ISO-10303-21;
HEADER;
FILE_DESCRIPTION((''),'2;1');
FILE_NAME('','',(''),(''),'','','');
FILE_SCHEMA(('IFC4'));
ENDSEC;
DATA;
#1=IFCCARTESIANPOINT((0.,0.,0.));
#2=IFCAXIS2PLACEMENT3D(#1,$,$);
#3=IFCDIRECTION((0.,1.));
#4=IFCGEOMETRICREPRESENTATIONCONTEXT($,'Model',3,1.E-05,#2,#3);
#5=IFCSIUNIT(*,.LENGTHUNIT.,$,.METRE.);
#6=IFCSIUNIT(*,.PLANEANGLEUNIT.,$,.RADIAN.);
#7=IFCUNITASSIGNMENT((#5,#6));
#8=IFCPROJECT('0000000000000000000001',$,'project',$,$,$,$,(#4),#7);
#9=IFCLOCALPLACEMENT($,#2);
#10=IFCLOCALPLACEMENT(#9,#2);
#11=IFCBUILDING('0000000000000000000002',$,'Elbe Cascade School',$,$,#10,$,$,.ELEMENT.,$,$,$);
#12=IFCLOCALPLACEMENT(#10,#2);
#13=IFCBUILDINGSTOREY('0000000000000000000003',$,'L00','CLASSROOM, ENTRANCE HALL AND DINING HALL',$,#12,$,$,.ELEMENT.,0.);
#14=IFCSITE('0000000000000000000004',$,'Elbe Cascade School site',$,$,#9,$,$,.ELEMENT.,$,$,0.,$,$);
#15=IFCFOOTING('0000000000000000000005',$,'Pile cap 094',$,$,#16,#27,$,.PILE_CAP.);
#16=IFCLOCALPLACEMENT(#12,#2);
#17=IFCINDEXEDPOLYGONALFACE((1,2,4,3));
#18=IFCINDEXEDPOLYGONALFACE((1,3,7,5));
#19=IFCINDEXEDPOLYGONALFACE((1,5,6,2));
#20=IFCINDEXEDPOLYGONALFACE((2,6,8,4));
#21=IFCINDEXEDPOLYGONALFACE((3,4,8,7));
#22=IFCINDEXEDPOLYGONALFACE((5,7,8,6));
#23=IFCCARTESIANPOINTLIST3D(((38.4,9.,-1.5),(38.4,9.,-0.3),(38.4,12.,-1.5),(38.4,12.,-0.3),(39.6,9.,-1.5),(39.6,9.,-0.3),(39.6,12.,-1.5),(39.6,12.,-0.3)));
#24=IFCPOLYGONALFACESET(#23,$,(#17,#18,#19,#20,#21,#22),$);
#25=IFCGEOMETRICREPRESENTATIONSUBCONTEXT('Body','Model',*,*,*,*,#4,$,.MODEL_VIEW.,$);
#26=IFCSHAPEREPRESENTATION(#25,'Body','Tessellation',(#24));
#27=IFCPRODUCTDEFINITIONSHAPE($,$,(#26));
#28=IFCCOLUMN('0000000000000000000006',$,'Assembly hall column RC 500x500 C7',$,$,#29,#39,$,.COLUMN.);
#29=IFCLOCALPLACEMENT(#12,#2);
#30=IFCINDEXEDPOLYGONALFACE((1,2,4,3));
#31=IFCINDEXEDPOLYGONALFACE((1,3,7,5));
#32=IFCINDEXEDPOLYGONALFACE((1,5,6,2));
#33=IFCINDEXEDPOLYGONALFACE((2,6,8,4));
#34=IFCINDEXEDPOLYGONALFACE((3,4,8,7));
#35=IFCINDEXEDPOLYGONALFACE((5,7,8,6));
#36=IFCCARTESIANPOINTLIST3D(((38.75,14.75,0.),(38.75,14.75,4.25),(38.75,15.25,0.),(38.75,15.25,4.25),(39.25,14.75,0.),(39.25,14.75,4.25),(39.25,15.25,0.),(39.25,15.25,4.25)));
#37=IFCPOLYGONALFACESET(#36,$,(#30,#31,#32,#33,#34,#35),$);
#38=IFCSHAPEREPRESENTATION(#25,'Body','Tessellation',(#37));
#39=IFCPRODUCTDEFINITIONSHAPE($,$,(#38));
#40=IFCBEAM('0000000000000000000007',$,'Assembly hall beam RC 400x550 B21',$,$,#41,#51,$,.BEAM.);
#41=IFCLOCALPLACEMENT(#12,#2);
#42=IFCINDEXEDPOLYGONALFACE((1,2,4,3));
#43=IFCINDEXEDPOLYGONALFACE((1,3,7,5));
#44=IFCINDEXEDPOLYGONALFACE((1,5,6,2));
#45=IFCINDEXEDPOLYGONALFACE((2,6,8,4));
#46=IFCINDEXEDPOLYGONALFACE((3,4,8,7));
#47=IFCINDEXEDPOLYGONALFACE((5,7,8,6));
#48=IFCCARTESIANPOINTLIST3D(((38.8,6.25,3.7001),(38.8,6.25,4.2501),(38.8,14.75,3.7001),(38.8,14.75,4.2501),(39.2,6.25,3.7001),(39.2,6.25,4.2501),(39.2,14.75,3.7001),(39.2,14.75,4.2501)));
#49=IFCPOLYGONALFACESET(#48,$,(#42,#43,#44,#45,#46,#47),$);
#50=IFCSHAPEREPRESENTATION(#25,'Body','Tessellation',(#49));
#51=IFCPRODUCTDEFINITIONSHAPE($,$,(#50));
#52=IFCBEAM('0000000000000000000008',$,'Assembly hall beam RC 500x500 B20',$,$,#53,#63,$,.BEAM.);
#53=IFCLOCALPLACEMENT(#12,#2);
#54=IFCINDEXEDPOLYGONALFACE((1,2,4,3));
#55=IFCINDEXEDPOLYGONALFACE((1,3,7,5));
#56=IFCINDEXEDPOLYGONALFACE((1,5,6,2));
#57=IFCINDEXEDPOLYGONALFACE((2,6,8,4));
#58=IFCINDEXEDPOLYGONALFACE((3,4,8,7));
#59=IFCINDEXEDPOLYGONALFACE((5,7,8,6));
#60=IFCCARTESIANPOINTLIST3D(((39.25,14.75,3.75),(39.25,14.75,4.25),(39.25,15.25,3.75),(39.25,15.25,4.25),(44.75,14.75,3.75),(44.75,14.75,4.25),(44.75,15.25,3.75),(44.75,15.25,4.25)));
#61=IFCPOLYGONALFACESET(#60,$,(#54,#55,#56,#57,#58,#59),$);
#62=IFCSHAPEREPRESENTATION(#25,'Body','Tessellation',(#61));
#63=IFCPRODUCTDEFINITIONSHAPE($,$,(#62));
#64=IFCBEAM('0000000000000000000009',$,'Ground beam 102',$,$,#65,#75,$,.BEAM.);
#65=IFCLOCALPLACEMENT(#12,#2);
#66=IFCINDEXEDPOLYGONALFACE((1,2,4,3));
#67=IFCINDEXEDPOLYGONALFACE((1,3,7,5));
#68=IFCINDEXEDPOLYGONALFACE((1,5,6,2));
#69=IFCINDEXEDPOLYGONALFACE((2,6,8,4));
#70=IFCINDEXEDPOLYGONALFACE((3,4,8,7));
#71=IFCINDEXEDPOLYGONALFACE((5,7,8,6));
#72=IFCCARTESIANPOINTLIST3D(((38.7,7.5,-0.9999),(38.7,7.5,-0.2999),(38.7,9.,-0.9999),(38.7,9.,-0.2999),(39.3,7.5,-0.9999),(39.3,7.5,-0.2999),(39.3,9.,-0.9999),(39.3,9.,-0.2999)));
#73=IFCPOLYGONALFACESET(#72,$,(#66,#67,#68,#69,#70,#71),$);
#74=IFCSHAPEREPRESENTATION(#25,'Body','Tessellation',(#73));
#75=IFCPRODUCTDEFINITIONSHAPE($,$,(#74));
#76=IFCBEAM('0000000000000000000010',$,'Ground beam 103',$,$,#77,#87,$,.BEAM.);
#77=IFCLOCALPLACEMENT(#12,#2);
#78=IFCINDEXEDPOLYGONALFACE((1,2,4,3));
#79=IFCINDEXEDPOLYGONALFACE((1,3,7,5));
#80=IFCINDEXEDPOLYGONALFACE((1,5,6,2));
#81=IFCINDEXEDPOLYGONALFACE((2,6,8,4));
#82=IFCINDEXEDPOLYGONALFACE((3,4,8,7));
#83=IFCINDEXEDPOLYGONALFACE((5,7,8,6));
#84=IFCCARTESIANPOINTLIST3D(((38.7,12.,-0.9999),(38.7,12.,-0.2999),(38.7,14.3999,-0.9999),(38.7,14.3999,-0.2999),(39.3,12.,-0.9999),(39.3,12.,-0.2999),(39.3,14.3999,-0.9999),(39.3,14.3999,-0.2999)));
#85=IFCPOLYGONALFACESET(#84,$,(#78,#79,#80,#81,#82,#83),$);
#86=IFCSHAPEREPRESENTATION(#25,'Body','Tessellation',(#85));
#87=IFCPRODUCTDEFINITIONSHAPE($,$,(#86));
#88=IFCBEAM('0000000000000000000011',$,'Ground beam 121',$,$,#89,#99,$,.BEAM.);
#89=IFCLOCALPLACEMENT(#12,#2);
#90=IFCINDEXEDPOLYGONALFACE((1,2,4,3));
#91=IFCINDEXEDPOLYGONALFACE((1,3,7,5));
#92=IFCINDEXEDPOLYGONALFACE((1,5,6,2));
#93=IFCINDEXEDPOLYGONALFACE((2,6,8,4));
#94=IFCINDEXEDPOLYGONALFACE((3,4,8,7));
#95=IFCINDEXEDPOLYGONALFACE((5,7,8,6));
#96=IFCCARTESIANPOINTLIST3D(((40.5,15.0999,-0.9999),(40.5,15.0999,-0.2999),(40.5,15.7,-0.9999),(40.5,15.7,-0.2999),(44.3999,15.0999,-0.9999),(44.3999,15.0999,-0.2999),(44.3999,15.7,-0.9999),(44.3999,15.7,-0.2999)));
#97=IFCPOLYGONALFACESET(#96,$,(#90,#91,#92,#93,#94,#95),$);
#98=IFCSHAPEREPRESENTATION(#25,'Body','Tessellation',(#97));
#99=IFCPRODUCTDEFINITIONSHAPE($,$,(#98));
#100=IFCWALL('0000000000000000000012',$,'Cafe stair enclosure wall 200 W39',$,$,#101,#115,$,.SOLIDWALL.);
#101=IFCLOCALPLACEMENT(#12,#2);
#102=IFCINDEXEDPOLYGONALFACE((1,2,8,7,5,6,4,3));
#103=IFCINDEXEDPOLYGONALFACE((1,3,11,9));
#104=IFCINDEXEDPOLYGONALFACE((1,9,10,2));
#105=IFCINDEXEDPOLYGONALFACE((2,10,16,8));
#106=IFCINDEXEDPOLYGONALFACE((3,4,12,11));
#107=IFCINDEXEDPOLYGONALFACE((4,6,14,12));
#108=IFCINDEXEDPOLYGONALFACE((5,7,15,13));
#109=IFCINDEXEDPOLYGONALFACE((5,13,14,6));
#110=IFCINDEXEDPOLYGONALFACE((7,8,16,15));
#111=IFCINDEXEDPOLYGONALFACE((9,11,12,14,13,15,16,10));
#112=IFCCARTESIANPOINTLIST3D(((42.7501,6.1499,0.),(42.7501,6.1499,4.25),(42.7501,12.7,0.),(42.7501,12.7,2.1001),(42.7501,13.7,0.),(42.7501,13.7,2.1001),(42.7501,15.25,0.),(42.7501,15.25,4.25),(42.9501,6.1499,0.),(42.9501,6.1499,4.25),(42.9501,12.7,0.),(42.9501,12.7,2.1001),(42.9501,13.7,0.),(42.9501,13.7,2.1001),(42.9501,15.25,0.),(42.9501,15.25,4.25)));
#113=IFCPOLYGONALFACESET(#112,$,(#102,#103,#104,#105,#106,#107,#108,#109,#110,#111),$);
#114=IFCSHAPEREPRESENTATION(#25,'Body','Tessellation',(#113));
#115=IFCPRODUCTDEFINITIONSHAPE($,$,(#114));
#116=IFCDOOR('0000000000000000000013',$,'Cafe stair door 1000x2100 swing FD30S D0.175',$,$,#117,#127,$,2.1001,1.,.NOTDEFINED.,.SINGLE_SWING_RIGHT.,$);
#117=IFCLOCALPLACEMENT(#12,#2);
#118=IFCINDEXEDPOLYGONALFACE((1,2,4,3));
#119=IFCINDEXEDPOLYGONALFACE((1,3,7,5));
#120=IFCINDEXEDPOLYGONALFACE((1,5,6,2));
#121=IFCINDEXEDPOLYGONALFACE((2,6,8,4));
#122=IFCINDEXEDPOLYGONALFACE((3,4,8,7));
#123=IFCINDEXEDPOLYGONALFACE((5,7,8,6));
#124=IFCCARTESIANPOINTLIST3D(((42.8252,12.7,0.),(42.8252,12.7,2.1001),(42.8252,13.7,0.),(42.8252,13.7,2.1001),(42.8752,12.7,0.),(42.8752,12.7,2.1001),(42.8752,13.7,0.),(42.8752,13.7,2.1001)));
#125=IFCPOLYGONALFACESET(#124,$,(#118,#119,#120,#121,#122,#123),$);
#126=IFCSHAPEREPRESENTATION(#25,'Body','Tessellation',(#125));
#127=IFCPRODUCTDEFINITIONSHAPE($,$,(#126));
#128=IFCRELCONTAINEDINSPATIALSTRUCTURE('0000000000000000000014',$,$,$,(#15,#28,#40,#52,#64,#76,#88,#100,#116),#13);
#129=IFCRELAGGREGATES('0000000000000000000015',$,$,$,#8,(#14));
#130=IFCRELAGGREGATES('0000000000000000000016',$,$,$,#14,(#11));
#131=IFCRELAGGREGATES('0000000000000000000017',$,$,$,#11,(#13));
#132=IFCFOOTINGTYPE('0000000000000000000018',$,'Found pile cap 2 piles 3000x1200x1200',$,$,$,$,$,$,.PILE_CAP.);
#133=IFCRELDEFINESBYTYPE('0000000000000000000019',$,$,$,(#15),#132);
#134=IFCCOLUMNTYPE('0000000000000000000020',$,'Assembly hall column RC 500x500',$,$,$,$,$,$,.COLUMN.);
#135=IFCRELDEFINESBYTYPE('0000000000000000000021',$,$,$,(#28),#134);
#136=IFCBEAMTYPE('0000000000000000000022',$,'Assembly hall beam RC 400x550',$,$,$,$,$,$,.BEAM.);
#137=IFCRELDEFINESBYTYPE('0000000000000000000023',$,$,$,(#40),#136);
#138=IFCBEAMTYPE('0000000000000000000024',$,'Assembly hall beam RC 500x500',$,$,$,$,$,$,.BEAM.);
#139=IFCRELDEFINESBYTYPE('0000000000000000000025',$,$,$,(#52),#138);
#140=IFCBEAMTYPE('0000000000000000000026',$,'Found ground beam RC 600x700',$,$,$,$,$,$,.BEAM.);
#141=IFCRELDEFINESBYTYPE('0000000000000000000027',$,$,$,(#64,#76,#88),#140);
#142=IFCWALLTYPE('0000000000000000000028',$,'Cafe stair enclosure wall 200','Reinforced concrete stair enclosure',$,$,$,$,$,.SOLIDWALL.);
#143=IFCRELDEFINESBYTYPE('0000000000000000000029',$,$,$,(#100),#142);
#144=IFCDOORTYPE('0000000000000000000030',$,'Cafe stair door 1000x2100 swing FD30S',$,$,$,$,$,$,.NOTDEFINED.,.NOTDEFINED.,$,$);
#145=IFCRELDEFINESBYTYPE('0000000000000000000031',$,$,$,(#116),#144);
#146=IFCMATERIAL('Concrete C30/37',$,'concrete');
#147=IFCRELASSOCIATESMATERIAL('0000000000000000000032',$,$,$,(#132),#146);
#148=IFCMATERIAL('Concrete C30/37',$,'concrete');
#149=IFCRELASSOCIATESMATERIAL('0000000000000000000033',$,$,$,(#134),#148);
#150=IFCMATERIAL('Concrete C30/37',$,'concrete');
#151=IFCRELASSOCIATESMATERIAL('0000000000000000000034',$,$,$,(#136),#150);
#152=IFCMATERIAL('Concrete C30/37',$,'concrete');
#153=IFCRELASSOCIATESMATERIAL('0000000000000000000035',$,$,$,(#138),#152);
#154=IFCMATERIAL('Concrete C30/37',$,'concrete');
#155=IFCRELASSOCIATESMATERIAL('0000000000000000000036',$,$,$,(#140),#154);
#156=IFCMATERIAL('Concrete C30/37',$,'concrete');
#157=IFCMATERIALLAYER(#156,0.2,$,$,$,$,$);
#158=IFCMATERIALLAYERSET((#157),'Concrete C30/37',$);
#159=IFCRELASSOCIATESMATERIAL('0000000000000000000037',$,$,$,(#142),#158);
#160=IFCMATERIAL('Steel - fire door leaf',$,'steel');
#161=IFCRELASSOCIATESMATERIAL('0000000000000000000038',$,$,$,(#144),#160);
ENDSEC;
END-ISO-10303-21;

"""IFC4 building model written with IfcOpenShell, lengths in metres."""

from ifc_helpers import new_model, si_unit, direction, frame, frame_2d, origin, origin_2d, place, context, subcontext, project, spatial, rectangle, extrude, material, layer, layer_set, material_profile, profile_set, type_object, element, fill, save


model = new_model("IFC4")

# Units and contexts
model_context = context("Model", 3, precision=1e-05, world=origin(), true_north=direction((0.0, 1.0)))
body_context = subcontext(model_context, "Body", "Model", "MODEL_VIEW")
ifc_project = project(units=[si_unit("LENGTHUNIT", "METRE"), si_unit("PLANEANGLEUNIT", "RADIAN")], contexts=[model_context])

# Site, building, storey
site_placement = place(None, origin())
site = spatial("IfcSite", under=ifc_project, at=site_placement, Name="Elbe Cascade School site", CompositionType="ELEMENT", RefElevation=0.0)
building_placement = place(site_placement, origin())
building = spatial("IfcBuilding", under=site, at=building_placement, Name="Elbe Cascade School", CompositionType="ELEMENT")
storey_placement = place(building_placement, origin())
storey = spatial("IfcBuildingStorey", under=building, at=storey_placement, Name="L00", Description="CLASSROOM, ENTRANCE HALL AND DINING HALL", CompositionType="ELEMENT", Elevation=0.0)

# Footing
ifc_material_1 = material(Name="Concrete C30/37", Category="concrete")
footing_type = type_object("IfcFootingType", Name="Found pile cap 2 piles 3000x1200x1200", PredefinedType="PILE_CAP", material=ifc_material_1)
footing_1_placement = place(storey_placement, frame((39.0, 10.5, -1.5), z_axis=(0.0, 0.0, 1.0), x_axis=(1.0, 0.0, 0.0)))
element("IfcFooting", 1, at=footing_1_placement, inside=storey, type_object=footing_type, Name="Pile cap 094", PredefinedType="PILE_CAP", context=body_context, shape_type="SweptSolid", body=[
    extrude(rectangle(XDim=1.2, YDim=3.0, at=origin_2d()), origin(), (0.0, 0.0, 1.0), 1.2),
])

# Column
ifc_material_2 = material(Name="Concrete C30/37", Category="concrete")
ifc_material_profile_1 = material_profile(ifc_material_2, rectangle(XDim=0.5, YDim=0.5, at=origin_2d()), Name="RC 500x500")
ifc_profile_set_1 = profile_set([ifc_material_profile_1], Name="Concrete C30/37")
column_type = type_object("IfcColumnType", Name="Assembly hall column RC 500x500", PredefinedType="COLUMN", material=ifc_profile_set_1)
column_placement = place(storey_placement, frame((39.0, 15.0, 0.0), z_axis=(0.0, 0.0, 1.0), x_axis=(1.0, 0.0, 0.0)))
element("IfcColumn", 2, at=column_placement, inside=storey, type_object=column_type, Name="Assembly hall column RC 500x500 C7", PredefinedType="COLUMN", context=body_context, shape_type="SweptSolid", body=[
    extrude(rectangle(XDim=0.5, YDim=0.5, at=origin_2d()), origin(), (0.0, 0.0, 1.0), 4.25),
])

# Beams
ifc_material_3 = material(Name="Concrete C30/37", Category="concrete")
ifc_material_profile_2 = material_profile(ifc_material_3, rectangle(XDim=0.3999, YDim=0.55, at=origin_2d()), Name="RC 400x550")
ifc_profile_set_2 = profile_set([ifc_material_profile_2], Name="Concrete C30/37")
beam_type_1 = type_object("IfcBeamType", Name="Assembly hall beam RC 400x550", PredefinedType="BEAM", material=ifc_profile_set_2)
beam_1_placement = place(storey_placement, frame((39.0, 6.25, 3.9751), z_axis=(0.0, 1.0, 0.0), x_axis=(-1.0, 0.0, 0.0)))
element("IfcBeam", 3, at=beam_1_placement, inside=storey, type_object=beam_type_1, Name="Assembly hall beam RC 400x550 B21", PredefinedType="BEAM", context=body_context, shape_type="SweptSolid", body=[
    extrude(rectangle(XDim=0.3999, YDim=0.55, at=origin_2d()), origin(), (0.0, 0.0, 1.0), 8.5),
])
ifc_material_4 = material(Name="Concrete C30/37", Category="concrete")
ifc_material_profile_3 = material_profile(ifc_material_4, rectangle(XDim=0.5, YDim=0.5, at=origin_2d()), Name="RC 500x500")
ifc_profile_set_3 = profile_set([ifc_material_profile_3], Name="Concrete C30/37")
beam_type_2 = type_object("IfcBeamType", Name="Assembly hall beam RC 500x500", PredefinedType="BEAM", material=ifc_profile_set_3)
beam_2_placement = place(storey_placement, frame((39.25, 15.0, 4.0), z_axis=(1.0, 0.0, 0.0), x_axis=(0.0, 1.0, 0.0)))
element("IfcBeam", 4, at=beam_2_placement, inside=storey, type_object=beam_type_2, Name="Assembly hall beam RC 500x500 B20", PredefinedType="BEAM", context=body_context, shape_type="SweptSolid", body=[
    extrude(rectangle(XDim=0.5, YDim=0.5, at=origin_2d()), origin(), (0.0, 0.0, 1.0), 5.5),
])
ifc_material_5 = material(Name="Concrete C30/37", Category="concrete")
ifc_material_profile_4 = material_profile(ifc_material_5, rectangle(XDim=0.6001, YDim=0.7, at=origin_2d()), Name="RC 600x700")
ifc_profile_set_4 = profile_set([ifc_material_profile_4], Name="Concrete C30/37")
beam_type_3 = type_object("IfcBeamType", Name="Found ground beam RC 600x700", PredefinedType="BEAM", material=ifc_profile_set_4)
beam_3_placement = place(storey_placement, frame((39.0, 7.5, -0.6499), z_axis=(0.0, 1.0, 0.0), x_axis=(-1.0, 0.0, 0.0)))
element("IfcBeam", 5, at=beam_3_placement, inside=storey, type_object=beam_type_3, Name="Ground beam 102", PredefinedType="BEAM", context=body_context, shape_type="SweptSolid", body=[
    extrude(rectangle(XDim=0.6001, YDim=0.7, at=origin_2d()), origin(), (0.0, 0.0, 1.0), 1.5),
])
beam_4_placement = place(storey_placement, frame((39.0, 12.0, -0.6499), z_axis=(0.0, 1.0, 0.0), x_axis=(-1.0, 0.0, 0.0)))
element("IfcBeam", 6, at=beam_4_placement, inside=storey, type_object=beam_type_3, Name="Ground beam 103", PredefinedType="BEAM", context=body_context, shape_type="SweptSolid", body=[
    extrude(rectangle(XDim=0.6001, YDim=0.7, at=origin_2d()), origin(), (0.0, 0.0, 1.0), 2.3999),
])
beam_5_placement = place(storey_placement, frame((40.5, 15.3999, -0.6499), z_axis=(1.0, 0.0, 0.0), x_axis=(0.0, 1.0, 0.0)))
element("IfcBeam", 7, at=beam_5_placement, inside=storey, type_object=beam_type_3, Name="Ground beam 121", PredefinedType="BEAM", context=body_context, shape_type="SweptSolid", body=[
    extrude(rectangle(XDim=0.6001, YDim=0.7, at=origin_2d()), origin(), (0.0, 0.0, 1.0), 3.8999),
])

# Wall, opening, door
ifc_material_6 = material(Name="Concrete C30/37", Category="concrete")
ifc_layer_1 = layer(ifc_material_6, 0.2)
ifc_layer_set_1 = layer_set([ifc_layer_1], Name="Concrete C30/37")
wall_type_1 = type_object("IfcWallType", Name="Cafe stair enclosure wall 200", Description="Reinforced concrete stair enclosure", PredefinedType="SOLIDWALL", material=ifc_layer_set_1)
wall_1_placement = place(storey_placement, frame((42.8501, 6.1499, 0.0), z_axis=(0.0, 0.0, 1.0), x_axis=(0.0, 1.0, 0.0)))
wall_1 = element("IfcWall", 8, at=wall_1_placement, inside=storey, type_object=wall_type_1, Name="Cafe stair enclosure wall 200 W39", PredefinedType="SOLIDWALL", context=body_context, shape_type="SweptSolid", body=[
    extrude(rectangle(XDim=9.1001, YDim=0.2, at=frame_2d((4.55, 0.0))), origin(), (0.0, 0.0, 1.0), 4.25),
])
opening_1_placement = place(wall_1_placement, frame((6.55, 0.0, 0.0)))
opening_1 = element("IfcOpeningElement", 9, at=opening_1_placement, cuts=wall_1, PredefinedType="OPENING", context=body_context, shape_type="SweptSolid", body=[
    extrude(rectangle(XDim=1.0, YDim=2.1001, at=frame_2d((0.5, 1.05))), frame((0.0, 0.1099, 0.0), z_axis=(0.0, -1.0, 0.0), x_axis=(1.0, 0.0, 0.0)), (0.0, 0.0, 1.0), 0.22),
])
ifc_material_7 = material(Name="Steel - fire door leaf", Category="steel")
door_type_1 = type_object("IfcDoorType", Name="Cafe stair door 1000x2100 swing FD30S", OperationType="NOTDEFINED", PredefinedType="NOTDEFINED", material=ifc_material_7)
door_1_placement = place(opening_1_placement, origin())
door_1 = element("IfcDoor", 10, at=door_1_placement, inside=storey, type_object=door_type_1, Name="Cafe stair door 1000x2100 swing FD30S D0.175", OperationType="SINGLE_SWING_RIGHT", OverallHeight=2.1001, OverallWidth=1.0, PredefinedType="NOTDEFINED", context=body_context, shape_type="SweptSolid", body=[
    extrude(rectangle(XDim=1.0, YDim=2.1001, at=frame_2d((0.5, 1.05))), frame((0.0, 0.0249, 0.0), z_axis=(0.0, -1.0, 0.0), x_axis=(1.0, 0.0, 0.0)), (0.0, 0.0, 1.0), 0.05),
])
fill(opening_1, door_1)

save(model, "model.ifc")
